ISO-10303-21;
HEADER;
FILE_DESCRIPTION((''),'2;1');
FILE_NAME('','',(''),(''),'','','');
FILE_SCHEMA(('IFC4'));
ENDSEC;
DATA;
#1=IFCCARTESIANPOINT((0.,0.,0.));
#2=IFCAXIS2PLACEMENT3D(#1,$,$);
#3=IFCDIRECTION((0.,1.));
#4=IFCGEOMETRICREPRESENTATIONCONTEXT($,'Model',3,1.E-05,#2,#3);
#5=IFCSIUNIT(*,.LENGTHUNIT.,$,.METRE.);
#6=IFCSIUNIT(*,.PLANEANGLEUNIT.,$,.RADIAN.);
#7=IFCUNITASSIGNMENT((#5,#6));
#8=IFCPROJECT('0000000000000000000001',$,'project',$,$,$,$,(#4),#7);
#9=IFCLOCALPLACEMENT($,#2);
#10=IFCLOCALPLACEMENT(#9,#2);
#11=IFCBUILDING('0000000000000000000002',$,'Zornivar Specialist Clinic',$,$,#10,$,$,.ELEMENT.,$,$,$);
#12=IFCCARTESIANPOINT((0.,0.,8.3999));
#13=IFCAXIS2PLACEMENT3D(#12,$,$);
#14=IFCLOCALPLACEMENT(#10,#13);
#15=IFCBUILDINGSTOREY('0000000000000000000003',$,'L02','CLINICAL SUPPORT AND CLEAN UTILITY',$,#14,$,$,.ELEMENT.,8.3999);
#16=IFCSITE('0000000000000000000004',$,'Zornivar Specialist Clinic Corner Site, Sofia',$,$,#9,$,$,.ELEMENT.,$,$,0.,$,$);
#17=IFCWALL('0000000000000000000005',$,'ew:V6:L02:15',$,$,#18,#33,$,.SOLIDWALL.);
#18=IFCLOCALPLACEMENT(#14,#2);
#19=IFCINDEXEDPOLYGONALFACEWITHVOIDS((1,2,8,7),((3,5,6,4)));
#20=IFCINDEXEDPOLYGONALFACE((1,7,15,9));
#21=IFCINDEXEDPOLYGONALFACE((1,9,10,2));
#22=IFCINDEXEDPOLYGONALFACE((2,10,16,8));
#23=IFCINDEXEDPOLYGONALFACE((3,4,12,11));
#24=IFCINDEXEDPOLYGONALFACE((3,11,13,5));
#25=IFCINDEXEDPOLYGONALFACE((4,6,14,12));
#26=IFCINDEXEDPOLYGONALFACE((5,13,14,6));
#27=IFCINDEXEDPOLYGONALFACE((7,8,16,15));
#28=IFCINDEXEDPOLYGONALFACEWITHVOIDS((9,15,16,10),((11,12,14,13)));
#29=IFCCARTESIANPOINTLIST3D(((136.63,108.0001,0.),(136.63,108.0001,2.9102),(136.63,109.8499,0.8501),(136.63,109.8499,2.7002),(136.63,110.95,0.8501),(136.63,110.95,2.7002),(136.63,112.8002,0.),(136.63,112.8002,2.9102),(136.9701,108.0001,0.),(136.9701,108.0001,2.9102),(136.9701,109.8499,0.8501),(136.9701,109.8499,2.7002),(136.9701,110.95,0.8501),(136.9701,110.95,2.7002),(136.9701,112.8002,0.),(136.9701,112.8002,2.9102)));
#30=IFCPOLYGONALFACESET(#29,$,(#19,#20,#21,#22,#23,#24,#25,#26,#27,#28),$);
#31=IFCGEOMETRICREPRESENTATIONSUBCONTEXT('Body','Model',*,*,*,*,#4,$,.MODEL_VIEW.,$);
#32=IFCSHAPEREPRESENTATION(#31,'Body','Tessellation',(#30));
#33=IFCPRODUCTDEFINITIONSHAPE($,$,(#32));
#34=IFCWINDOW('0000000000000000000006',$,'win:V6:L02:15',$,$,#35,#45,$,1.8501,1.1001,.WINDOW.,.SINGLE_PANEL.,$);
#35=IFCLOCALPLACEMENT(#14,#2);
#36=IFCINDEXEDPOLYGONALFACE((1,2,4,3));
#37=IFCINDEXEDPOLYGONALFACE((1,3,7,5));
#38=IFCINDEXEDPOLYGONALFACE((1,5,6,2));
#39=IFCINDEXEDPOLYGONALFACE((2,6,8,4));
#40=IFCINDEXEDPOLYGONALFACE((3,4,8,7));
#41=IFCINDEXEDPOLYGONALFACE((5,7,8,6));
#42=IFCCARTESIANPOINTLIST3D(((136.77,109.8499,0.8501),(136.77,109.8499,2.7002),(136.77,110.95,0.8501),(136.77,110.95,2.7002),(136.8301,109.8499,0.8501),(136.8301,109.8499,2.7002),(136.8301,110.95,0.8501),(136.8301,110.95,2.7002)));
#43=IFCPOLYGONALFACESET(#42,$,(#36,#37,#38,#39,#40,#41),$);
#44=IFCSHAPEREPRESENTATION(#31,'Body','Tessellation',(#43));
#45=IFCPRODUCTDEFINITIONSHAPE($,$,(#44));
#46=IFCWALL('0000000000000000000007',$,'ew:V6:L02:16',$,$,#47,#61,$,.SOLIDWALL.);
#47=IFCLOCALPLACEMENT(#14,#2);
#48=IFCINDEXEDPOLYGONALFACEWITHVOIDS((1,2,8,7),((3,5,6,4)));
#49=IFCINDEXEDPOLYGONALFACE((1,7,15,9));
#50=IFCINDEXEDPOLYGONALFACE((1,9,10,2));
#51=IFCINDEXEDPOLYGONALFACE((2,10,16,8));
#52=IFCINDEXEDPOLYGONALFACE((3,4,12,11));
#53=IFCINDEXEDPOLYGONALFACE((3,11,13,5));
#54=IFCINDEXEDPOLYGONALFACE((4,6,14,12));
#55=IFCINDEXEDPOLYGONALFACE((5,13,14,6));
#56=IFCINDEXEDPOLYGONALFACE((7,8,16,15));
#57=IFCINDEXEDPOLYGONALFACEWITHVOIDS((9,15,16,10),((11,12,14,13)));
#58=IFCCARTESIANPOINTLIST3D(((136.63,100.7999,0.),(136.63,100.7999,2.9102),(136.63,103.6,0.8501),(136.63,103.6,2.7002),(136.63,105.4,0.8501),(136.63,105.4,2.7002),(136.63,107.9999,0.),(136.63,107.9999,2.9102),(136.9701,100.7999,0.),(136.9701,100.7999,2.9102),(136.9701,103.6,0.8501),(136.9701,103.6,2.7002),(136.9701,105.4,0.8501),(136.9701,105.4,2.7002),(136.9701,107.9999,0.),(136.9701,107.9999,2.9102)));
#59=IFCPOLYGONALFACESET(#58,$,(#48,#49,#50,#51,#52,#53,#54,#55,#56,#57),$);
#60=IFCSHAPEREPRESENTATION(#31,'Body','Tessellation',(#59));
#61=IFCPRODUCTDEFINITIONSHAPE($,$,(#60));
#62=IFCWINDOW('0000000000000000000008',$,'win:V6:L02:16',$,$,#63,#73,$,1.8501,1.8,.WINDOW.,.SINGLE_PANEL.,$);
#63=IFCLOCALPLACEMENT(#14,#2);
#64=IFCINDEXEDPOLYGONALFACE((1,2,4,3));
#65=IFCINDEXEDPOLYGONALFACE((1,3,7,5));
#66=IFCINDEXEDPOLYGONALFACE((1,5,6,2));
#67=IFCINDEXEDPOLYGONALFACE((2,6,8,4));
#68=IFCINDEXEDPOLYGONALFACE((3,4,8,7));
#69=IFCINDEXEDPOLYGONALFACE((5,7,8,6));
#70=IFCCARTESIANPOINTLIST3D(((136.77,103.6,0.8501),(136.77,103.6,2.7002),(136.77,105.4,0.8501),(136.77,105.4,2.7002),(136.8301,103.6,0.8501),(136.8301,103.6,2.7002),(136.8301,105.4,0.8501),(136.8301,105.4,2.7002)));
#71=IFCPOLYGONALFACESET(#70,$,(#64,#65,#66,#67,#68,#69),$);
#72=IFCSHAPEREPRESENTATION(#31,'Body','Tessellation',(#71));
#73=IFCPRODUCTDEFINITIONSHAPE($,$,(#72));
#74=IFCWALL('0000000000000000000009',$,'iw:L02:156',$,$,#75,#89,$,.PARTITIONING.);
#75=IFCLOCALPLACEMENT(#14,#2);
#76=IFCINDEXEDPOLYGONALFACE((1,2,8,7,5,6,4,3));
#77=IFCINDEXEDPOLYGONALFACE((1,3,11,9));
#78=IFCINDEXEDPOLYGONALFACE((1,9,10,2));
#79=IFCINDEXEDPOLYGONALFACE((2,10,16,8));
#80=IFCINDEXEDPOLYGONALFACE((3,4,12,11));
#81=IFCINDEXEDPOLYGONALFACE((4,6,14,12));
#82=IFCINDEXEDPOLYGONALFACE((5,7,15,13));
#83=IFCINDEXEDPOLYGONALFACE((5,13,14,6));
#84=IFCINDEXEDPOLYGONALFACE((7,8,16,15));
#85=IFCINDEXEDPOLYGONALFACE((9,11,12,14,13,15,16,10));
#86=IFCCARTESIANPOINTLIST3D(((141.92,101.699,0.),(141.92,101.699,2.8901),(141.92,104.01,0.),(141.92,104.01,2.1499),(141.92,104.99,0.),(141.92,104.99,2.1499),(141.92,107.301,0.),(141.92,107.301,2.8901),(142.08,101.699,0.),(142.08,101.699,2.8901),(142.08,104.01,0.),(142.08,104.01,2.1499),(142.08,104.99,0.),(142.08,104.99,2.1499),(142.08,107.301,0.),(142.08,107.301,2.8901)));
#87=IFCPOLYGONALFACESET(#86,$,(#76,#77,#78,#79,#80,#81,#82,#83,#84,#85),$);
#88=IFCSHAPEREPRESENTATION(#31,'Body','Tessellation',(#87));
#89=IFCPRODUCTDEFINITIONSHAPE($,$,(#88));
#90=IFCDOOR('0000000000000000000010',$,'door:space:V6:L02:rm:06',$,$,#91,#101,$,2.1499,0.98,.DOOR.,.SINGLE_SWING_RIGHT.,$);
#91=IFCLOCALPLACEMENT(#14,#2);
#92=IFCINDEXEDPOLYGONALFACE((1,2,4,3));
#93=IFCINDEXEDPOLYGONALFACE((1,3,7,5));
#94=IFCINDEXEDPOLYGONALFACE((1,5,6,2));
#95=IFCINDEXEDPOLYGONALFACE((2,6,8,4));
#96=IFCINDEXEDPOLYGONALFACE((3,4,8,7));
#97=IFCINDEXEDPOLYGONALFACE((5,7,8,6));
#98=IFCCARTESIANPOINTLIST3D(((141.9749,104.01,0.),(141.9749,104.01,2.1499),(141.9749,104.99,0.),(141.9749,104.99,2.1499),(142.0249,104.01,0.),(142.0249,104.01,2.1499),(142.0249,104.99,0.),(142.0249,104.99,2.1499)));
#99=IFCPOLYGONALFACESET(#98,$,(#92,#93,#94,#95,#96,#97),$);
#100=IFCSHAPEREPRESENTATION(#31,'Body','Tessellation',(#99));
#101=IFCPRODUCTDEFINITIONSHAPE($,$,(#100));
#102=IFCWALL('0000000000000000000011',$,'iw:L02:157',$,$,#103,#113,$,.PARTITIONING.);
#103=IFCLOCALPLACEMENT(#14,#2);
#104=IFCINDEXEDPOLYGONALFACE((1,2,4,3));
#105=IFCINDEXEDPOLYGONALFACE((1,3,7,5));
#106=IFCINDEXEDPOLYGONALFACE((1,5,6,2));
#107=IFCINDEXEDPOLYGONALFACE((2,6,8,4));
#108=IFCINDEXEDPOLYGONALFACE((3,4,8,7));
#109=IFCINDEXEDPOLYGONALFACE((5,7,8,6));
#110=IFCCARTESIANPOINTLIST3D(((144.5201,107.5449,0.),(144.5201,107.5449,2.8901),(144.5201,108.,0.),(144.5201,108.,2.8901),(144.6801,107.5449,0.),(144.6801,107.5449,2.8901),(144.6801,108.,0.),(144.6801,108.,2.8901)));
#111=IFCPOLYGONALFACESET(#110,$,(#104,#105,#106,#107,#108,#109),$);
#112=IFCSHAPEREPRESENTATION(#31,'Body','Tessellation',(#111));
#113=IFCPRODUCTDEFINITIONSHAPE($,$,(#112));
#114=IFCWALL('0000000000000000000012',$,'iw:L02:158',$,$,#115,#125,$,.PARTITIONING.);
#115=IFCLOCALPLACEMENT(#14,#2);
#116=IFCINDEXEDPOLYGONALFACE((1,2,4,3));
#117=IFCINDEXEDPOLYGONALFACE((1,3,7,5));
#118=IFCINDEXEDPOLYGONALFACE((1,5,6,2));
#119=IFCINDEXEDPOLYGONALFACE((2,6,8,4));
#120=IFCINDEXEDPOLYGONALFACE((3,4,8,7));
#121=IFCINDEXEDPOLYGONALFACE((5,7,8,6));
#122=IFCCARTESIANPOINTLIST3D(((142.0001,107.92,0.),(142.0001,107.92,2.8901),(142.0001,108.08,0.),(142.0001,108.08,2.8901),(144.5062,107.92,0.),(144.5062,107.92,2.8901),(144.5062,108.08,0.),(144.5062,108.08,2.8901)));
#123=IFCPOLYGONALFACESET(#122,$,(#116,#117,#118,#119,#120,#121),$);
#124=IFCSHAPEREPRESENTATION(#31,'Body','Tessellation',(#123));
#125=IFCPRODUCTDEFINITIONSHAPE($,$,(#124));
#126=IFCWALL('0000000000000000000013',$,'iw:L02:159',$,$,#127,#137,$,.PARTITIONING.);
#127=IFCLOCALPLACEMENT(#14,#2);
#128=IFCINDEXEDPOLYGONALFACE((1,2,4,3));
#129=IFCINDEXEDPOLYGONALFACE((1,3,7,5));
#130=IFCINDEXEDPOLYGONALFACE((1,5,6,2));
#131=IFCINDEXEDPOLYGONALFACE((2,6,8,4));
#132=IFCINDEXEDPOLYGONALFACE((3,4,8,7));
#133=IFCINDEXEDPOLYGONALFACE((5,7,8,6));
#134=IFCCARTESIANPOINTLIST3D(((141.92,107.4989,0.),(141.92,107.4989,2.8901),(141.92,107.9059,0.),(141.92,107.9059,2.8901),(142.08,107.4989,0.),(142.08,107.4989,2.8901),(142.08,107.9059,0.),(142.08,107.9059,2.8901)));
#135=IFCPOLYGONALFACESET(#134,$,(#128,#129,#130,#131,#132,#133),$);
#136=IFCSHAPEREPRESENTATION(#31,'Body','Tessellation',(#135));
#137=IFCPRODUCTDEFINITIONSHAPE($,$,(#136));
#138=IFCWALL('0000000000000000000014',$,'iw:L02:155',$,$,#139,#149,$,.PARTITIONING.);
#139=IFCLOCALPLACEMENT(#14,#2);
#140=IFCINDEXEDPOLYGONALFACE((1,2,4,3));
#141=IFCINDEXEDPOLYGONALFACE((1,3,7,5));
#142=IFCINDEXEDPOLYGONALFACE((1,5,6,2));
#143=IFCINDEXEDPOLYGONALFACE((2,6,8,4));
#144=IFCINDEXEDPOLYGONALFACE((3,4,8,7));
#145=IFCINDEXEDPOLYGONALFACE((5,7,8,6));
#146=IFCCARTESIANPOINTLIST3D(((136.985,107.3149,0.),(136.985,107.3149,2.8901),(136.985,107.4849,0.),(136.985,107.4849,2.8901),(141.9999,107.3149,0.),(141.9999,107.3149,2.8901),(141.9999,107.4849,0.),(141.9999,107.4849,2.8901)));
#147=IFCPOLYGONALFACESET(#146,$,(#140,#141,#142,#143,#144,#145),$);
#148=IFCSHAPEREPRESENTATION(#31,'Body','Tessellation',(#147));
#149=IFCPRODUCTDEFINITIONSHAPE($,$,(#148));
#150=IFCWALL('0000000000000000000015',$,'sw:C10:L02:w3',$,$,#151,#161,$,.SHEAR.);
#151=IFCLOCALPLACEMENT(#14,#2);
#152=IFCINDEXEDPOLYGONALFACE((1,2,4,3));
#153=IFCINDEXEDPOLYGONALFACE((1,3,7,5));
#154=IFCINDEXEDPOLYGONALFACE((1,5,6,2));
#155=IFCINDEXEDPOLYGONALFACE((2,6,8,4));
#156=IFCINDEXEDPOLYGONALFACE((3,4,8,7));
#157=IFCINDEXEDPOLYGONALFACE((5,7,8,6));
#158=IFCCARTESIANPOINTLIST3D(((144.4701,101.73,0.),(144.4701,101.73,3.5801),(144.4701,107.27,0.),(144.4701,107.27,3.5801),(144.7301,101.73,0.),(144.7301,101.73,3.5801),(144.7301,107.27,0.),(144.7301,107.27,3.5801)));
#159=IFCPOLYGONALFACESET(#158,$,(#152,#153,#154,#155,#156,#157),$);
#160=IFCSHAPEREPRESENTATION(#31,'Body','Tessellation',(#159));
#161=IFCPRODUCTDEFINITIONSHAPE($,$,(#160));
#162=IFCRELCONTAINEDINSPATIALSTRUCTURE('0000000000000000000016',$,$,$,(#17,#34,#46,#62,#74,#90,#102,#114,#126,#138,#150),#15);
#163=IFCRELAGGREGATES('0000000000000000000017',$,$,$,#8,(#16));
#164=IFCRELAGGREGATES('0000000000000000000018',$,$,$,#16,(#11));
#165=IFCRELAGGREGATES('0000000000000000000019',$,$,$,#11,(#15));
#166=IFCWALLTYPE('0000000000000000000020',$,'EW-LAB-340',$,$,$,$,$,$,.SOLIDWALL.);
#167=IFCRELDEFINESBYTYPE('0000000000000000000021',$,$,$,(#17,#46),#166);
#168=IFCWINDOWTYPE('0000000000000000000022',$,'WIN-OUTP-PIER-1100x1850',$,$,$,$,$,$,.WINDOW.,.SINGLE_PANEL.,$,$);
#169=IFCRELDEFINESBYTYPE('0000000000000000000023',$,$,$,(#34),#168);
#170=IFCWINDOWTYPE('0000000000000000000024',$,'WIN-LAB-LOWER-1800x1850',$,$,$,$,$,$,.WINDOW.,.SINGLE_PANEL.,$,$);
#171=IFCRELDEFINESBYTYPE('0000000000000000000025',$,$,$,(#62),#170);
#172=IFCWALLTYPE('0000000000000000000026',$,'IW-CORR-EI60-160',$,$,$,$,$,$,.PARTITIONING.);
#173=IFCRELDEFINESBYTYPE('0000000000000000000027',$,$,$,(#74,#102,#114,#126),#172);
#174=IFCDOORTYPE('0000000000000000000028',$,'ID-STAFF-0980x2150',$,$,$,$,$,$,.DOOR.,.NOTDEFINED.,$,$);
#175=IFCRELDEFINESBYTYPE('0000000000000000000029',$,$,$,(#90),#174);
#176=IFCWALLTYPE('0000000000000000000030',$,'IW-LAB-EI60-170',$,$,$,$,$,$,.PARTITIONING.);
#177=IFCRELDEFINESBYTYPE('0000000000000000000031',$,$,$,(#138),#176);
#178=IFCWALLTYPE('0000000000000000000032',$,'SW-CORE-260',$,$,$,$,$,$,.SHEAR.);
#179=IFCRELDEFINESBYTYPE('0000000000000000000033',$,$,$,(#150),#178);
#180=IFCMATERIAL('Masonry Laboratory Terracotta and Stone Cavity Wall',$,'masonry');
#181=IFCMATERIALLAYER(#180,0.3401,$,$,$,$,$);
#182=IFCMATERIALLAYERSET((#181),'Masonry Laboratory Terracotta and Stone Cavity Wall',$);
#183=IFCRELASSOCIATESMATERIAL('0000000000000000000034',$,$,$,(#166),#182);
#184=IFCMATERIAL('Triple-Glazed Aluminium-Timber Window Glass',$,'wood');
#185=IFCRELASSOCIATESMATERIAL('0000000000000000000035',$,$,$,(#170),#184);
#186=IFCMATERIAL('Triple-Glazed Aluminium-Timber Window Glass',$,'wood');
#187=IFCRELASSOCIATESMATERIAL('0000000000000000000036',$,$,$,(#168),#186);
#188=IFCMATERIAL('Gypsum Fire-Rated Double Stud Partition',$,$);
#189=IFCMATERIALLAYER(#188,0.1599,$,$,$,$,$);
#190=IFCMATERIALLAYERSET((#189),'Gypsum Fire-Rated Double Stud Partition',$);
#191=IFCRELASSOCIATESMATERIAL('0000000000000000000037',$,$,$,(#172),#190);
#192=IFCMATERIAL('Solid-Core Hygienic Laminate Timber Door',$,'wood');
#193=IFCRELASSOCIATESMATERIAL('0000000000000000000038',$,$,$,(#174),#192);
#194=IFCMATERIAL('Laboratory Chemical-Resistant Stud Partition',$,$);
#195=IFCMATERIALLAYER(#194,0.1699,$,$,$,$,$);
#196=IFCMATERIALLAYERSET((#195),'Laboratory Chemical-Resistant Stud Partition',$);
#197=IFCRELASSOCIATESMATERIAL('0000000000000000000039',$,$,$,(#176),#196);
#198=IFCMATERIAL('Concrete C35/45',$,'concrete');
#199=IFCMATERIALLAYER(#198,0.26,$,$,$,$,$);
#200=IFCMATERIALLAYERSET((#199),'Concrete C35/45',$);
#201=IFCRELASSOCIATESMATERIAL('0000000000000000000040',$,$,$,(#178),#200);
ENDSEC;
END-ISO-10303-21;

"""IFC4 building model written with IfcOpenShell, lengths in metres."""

from ifc_helpers import new_model, si_unit, direction, frame, frame_2d, origin, place, context, subcontext, project, spatial, rectangle, extrude, material, layer, layer_set, type_object, element, fill, save


model = new_model("IFC4")

# Units and contexts
model_context = context("Model", 3, precision=1e-05, world=origin(), true_north=direction((0.0, 1.0)))
body_context = subcontext(model_context, "Body", "Model", "MODEL_VIEW")
ifc_project = project(units=[si_unit("LENGTHUNIT", "METRE"), si_unit("PLANEANGLEUNIT", "RADIAN")], contexts=[model_context])

# Site, building, storey
site_placement = place(None, origin())
site = spatial("IfcSite", under=ifc_project, at=site_placement, Name="Zornivar Specialist Clinic Corner Site, Sofia", CompositionType="ELEMENT", RefElevation=0.0)
building_placement = place(site_placement, origin())
building = spatial("IfcBuilding", under=site, at=building_placement, Name="Zornivar Specialist Clinic", CompositionType="ELEMENT")
storey_placement = place(building_placement, frame((0.0, 0.0, 8.3999)))
storey = spatial("IfcBuildingStorey", under=building, at=storey_placement, Name="L02", Description="CLINICAL SUPPORT AND CLEAN UTILITY", CompositionType="ELEMENT", Elevation=8.3999)

# Walls, openings, windows
ifc_material_1 = material(Name="Masonry Laboratory Terracotta and Stone Cavity Wall", Category="masonry")
ifc_layer_1 = layer(ifc_material_1, 0.3401)
ifc_layer_set_1 = layer_set([ifc_layer_1], Name="Masonry Laboratory Terracotta and Stone Cavity Wall")
wall_type_1 = type_object("IfcWallType", Name="EW-LAB-340", PredefinedType="SOLIDWALL", material=ifc_layer_set_1)
ifc_material_2 = material(Name="Triple-Glazed Aluminium-Timber Window Glass", Category="wood")
window_type_1 = type_object("IfcWindowType", Name="WIN-LAB-LOWER-1800x1850", PartitioningType="SINGLE_PANEL", PredefinedType="WINDOW", material=ifc_material_2)
wall_1_placement = place(storey_placement, frame((136.8, 112.8, 0.0), z_axis=(0.0, 0.0, 1.0), x_axis=(0.0, -1.0, 0.0)))
wall_1 = element("IfcWall", 1, at=wall_1_placement, inside=storey, type_object=wall_type_1, Name="ew:V6:L02:15", PredefinedType="SOLIDWALL", context=body_context, shape_type="SweptSolid", body=[
    extrude(rectangle(XDim=4.8, YDim=0.3401, at=frame_2d((2.3999, 0.0))), origin(), (0.0, 0.0, 1.0), 2.9102),
])
opening_1_placement = place(wall_1_placement, frame((1.8501, 0.0, 0.8501)))
opening_1 = element("IfcOpeningElement", 2, at=opening_1_placement, cuts=wall_1, PredefinedType="OPENING", context=body_context, shape_type="SweptSolid", body=[
    extrude(rectangle(XDim=1.1001, YDim=1.8501, at=frame_2d((0.55, 0.925))), frame((0.0, 0.1799, 0.0), z_axis=(0.0, -1.0, 0.0), x_axis=(1.0, 0.0, 0.0)), (0.0, 0.0, 1.0), 0.3601),
])
ifc_material_3 = material(Name="Triple-Glazed Aluminium-Timber Window Glass", Category="wood")
window_type_2 = type_object("IfcWindowType", Name="WIN-OUTP-PIER-1100x1850", PartitioningType="SINGLE_PANEL", PredefinedType="WINDOW", material=ifc_material_3)
window_1_placement = place(opening_1_placement, origin())
window_1 = element("IfcWindow", 3, at=window_1_placement, inside=storey, type_object=window_type_2, Name="win:V6:L02:15", OverallHeight=1.8501, OverallWidth=1.1001, PartitioningType="SINGLE_PANEL", PredefinedType="WINDOW", context=body_context, shape_type="SweptSolid", body=[
    extrude(rectangle(XDim=1.1001, YDim=1.8501, at=frame_2d((0.55, 0.925))), frame((0.0, 0.03, 0.0), z_axis=(0.0, -1.0, 0.0), x_axis=(1.0, 0.0, 0.0)), (0.0, 0.0, 1.0), 0.0601),
])
fill(opening_1, window_1)
wall_2_placement = place(storey_placement, frame((136.8, 108.0, 0.0), z_axis=(0.0, 0.0, 1.0), x_axis=(0.0, -1.0, 0.0)))
wall_2 = element("IfcWall", 4, at=wall_2_placement, inside=storey, type_object=wall_type_1, Name="ew:V6:L02:16", PredefinedType="SOLIDWALL", context=body_context, shape_type="SweptSolid", body=[
    extrude(rectangle(XDim=7.2, YDim=0.3401, at=frame_2d((3.6001, 0.0))), origin(), (0.0, 0.0, 1.0), 2.9102),
])
opening_2_placement = place(wall_2_placement, frame((2.6001, 0.0, 0.8501)))
opening_2 = element("IfcOpeningElement", 5, at=opening_2_placement, cuts=wall_2, PredefinedType="OPENING", context=body_context, shape_type="SweptSolid", body=[
    extrude(rectangle(XDim=1.8, YDim=1.8501, at=frame_2d((0.8999, 0.925))), frame((0.0, 0.1799, 0.0), z_axis=(0.0, -1.0, 0.0), x_axis=(1.0, 0.0, 0.0)), (0.0, 0.0, 1.0), 0.3601),
])
window_2_placement = place(opening_2_placement, origin())
window_2 = element("IfcWindow", 6, at=window_2_placement, inside=storey, type_object=window_type_1, Name="win:V6:L02:16", OverallHeight=1.8501, OverallWidth=1.8, PartitioningType="SINGLE_PANEL", PredefinedType="WINDOW", context=body_context, shape_type="SweptSolid", body=[
    extrude(rectangle(XDim=1.8, YDim=1.8501, at=frame_2d((0.8999, 0.925))), frame((0.0, 0.03, 0.0), z_axis=(0.0, -1.0, 0.0), x_axis=(1.0, 0.0, 0.0)), (0.0, 0.0, 1.0), 0.0601),
])
fill(opening_2, window_2)

# Wall, opening, door
ifc_material_4 = material(Name="Gypsum Fire-Rated Double Stud Partition")
ifc_layer_2 = layer(ifc_material_4, 0.1599)
ifc_layer_set_2 = layer_set([ifc_layer_2], Name="Gypsum Fire-Rated Double Stud Partition")
wall_type_2 = type_object("IfcWallType", Name="IW-CORR-EI60-160", PredefinedType="PARTITIONING", material=ifc_layer_set_2)
wall_3_placement = place(storey_placement, frame((142.0, 107.301, 0.0), z_axis=(0.0, 0.0, 1.0), x_axis=(0.0, -1.0, 0.0)))
wall_3 = element("IfcWall", 7, at=wall_3_placement, inside=storey, type_object=wall_type_2, Name="iw:L02:156", PredefinedType="PARTITIONING", context=body_context, shape_type="SweptSolid", body=[
    extrude(rectangle(XDim=5.6021, YDim=0.1599, at=frame_2d((2.801, 0.0))), origin(), (0.0, 0.0, 1.0), 2.8901),
])
opening_3_placement = place(wall_3_placement, frame((2.311, 0.0, 0.0)))
opening_3 = element("IfcOpeningElement", 8, at=opening_3_placement, cuts=wall_3, PredefinedType="OPENING", context=body_context, shape_type="SweptSolid", body=[
    extrude(rectangle(XDim=0.98, YDim=2.1499, at=frame_2d((0.49, 1.075))), frame((0.0, 0.0898, 0.0), z_axis=(0.0, -1.0, 0.0), x_axis=(1.0, 0.0, 0.0)), (0.0, 0.0, 1.0), 0.1799),
])
ifc_material_5 = material(Name="Solid-Core Hygienic Laminate Timber Door", Category="wood")
door_type = type_object("IfcDoorType", Name="ID-STAFF-0980x2150", OperationType="NOTDEFINED", PredefinedType="DOOR", material=ifc_material_5)
door_placement = place(opening_3_placement, origin())
door = element("IfcDoor", 9, at=door_placement, inside=storey, type_object=door_type, Name="door:space:V6:L02:rm:06", OperationType="SINGLE_SWING_RIGHT", OverallHeight=2.1499, OverallWidth=0.98, PredefinedType="DOOR", context=body_context, shape_type="SweptSolid", body=[
    extrude(rectangle(XDim=0.98, YDim=2.1499, at=frame_2d((0.49, 1.075))), frame((0.0, 0.0249, 0.0), z_axis=(0.0, -1.0, 0.0), x_axis=(1.0, 0.0, 0.0)), (0.0, 0.0, 1.0), 0.05),
])
fill(opening_3, door)

# Walls
wall_4_placement = place(storey_placement, frame((144.6001, 107.5449, 0.0), z_axis=(0.0, 0.0, 1.0), x_axis=(0.0, 1.0, 0.0)))
element("IfcWall", 10, at=wall_4_placement, inside=storey, type_object=wall_type_2, Name="iw:L02:157", PredefinedType="PARTITIONING", context=body_context, shape_type="SweptSolid", body=[
    extrude(rectangle(XDim=0.4551, YDim=0.1599, at=frame_2d((0.2275, 0.0))), origin(), (0.0, 0.0, 1.0), 2.8901),
])
wall_5_placement = place(storey_placement, frame((144.5061, 108.0, 0.0), z_axis=(0.0, 0.0, 1.0), x_axis=(-1.0, 0.0, 0.0)))
element("IfcWall", 11, at=wall_5_placement, inside=storey, type_object=wall_type_2, Name="iw:L02:158", PredefinedType="PARTITIONING", context=body_context, shape_type="SweptSolid", body=[
    extrude(rectangle(XDim=2.5061, YDim=0.1599, at=frame_2d((1.2529, 0.0))), origin(), (0.0, 0.0, 1.0), 2.8901),
])
wall_6_placement = place(storey_placement, frame((142.0, 107.906, 0.0), z_axis=(0.0, 0.0, 1.0), x_axis=(0.0, -1.0, 0.0)))
element("IfcWall", 12, at=wall_6_placement, inside=storey, type_object=wall_type_2, Name="iw:L02:159", PredefinedType="PARTITIONING", context=body_context, shape_type="SweptSolid", body=[
    extrude(rectangle(XDim=0.407, YDim=0.1599, at=frame_2d((0.2036, 0.0))), origin(), (0.0, 0.0, 1.0), 2.8901),
])
ifc_material_6 = material(Name="Laboratory Chemical-Resistant Stud Partition")
ifc_layer_3 = layer(ifc_material_6, 0.1699)
ifc_layer_set_3 = layer_set([ifc_layer_3], Name="Laboratory Chemical-Resistant Stud Partition")
wall_type_3 = type_object("IfcWallType", Name="IW-LAB-EI60-170", PredefinedType="PARTITIONING", material=ifc_layer_set_3)
wall_7_placement = place(storey_placement, frame((136.9851, 107.3999, 0.0), z_axis=(0.0, 0.0, 1.0), x_axis=(1.0, 0.0, 0.0)))
element("IfcWall", 13, at=wall_7_placement, inside=storey, type_object=wall_type_3, Name="iw:L02:155", PredefinedType="PARTITIONING", context=body_context, shape_type="SweptSolid", body=[
    extrude(rectangle(XDim=5.0149, YDim=0.1699, at=frame_2d((2.5073, 0.0))), origin(), (0.0, 0.0, 1.0), 2.8901),
])
ifc_material_7 = material(Name="Concrete C35/45", Category="concrete")
ifc_layer_4 = layer(ifc_material_7, 0.26)
ifc_layer_set_4 = layer_set([ifc_layer_4], Name="Concrete C35/45")
wall_type_4 = type_object("IfcWallType", Name="SW-CORE-260", PredefinedType="SHEAR", material=ifc_layer_set_4)
wall_8_placement = place(storey_placement, frame((144.6001, 107.27, 0.0), z_axis=(0.0, 0.0, 1.0), x_axis=(0.0, -1.0, 0.0)))
element("IfcWall", 14, at=wall_8_placement, inside=storey, type_object=wall_type_4, Name="sw:C10:L02:w3", PredefinedType="SHEAR", context=body_context, shape_type="SweptSolid", body=[
    extrude(rectangle(XDim=5.54, YDim=0.26, at=frame_2d((2.77, 0.0))), origin(), (0.0, 0.0, 1.0), 3.5801),
])

save(model, "model.ifc")
